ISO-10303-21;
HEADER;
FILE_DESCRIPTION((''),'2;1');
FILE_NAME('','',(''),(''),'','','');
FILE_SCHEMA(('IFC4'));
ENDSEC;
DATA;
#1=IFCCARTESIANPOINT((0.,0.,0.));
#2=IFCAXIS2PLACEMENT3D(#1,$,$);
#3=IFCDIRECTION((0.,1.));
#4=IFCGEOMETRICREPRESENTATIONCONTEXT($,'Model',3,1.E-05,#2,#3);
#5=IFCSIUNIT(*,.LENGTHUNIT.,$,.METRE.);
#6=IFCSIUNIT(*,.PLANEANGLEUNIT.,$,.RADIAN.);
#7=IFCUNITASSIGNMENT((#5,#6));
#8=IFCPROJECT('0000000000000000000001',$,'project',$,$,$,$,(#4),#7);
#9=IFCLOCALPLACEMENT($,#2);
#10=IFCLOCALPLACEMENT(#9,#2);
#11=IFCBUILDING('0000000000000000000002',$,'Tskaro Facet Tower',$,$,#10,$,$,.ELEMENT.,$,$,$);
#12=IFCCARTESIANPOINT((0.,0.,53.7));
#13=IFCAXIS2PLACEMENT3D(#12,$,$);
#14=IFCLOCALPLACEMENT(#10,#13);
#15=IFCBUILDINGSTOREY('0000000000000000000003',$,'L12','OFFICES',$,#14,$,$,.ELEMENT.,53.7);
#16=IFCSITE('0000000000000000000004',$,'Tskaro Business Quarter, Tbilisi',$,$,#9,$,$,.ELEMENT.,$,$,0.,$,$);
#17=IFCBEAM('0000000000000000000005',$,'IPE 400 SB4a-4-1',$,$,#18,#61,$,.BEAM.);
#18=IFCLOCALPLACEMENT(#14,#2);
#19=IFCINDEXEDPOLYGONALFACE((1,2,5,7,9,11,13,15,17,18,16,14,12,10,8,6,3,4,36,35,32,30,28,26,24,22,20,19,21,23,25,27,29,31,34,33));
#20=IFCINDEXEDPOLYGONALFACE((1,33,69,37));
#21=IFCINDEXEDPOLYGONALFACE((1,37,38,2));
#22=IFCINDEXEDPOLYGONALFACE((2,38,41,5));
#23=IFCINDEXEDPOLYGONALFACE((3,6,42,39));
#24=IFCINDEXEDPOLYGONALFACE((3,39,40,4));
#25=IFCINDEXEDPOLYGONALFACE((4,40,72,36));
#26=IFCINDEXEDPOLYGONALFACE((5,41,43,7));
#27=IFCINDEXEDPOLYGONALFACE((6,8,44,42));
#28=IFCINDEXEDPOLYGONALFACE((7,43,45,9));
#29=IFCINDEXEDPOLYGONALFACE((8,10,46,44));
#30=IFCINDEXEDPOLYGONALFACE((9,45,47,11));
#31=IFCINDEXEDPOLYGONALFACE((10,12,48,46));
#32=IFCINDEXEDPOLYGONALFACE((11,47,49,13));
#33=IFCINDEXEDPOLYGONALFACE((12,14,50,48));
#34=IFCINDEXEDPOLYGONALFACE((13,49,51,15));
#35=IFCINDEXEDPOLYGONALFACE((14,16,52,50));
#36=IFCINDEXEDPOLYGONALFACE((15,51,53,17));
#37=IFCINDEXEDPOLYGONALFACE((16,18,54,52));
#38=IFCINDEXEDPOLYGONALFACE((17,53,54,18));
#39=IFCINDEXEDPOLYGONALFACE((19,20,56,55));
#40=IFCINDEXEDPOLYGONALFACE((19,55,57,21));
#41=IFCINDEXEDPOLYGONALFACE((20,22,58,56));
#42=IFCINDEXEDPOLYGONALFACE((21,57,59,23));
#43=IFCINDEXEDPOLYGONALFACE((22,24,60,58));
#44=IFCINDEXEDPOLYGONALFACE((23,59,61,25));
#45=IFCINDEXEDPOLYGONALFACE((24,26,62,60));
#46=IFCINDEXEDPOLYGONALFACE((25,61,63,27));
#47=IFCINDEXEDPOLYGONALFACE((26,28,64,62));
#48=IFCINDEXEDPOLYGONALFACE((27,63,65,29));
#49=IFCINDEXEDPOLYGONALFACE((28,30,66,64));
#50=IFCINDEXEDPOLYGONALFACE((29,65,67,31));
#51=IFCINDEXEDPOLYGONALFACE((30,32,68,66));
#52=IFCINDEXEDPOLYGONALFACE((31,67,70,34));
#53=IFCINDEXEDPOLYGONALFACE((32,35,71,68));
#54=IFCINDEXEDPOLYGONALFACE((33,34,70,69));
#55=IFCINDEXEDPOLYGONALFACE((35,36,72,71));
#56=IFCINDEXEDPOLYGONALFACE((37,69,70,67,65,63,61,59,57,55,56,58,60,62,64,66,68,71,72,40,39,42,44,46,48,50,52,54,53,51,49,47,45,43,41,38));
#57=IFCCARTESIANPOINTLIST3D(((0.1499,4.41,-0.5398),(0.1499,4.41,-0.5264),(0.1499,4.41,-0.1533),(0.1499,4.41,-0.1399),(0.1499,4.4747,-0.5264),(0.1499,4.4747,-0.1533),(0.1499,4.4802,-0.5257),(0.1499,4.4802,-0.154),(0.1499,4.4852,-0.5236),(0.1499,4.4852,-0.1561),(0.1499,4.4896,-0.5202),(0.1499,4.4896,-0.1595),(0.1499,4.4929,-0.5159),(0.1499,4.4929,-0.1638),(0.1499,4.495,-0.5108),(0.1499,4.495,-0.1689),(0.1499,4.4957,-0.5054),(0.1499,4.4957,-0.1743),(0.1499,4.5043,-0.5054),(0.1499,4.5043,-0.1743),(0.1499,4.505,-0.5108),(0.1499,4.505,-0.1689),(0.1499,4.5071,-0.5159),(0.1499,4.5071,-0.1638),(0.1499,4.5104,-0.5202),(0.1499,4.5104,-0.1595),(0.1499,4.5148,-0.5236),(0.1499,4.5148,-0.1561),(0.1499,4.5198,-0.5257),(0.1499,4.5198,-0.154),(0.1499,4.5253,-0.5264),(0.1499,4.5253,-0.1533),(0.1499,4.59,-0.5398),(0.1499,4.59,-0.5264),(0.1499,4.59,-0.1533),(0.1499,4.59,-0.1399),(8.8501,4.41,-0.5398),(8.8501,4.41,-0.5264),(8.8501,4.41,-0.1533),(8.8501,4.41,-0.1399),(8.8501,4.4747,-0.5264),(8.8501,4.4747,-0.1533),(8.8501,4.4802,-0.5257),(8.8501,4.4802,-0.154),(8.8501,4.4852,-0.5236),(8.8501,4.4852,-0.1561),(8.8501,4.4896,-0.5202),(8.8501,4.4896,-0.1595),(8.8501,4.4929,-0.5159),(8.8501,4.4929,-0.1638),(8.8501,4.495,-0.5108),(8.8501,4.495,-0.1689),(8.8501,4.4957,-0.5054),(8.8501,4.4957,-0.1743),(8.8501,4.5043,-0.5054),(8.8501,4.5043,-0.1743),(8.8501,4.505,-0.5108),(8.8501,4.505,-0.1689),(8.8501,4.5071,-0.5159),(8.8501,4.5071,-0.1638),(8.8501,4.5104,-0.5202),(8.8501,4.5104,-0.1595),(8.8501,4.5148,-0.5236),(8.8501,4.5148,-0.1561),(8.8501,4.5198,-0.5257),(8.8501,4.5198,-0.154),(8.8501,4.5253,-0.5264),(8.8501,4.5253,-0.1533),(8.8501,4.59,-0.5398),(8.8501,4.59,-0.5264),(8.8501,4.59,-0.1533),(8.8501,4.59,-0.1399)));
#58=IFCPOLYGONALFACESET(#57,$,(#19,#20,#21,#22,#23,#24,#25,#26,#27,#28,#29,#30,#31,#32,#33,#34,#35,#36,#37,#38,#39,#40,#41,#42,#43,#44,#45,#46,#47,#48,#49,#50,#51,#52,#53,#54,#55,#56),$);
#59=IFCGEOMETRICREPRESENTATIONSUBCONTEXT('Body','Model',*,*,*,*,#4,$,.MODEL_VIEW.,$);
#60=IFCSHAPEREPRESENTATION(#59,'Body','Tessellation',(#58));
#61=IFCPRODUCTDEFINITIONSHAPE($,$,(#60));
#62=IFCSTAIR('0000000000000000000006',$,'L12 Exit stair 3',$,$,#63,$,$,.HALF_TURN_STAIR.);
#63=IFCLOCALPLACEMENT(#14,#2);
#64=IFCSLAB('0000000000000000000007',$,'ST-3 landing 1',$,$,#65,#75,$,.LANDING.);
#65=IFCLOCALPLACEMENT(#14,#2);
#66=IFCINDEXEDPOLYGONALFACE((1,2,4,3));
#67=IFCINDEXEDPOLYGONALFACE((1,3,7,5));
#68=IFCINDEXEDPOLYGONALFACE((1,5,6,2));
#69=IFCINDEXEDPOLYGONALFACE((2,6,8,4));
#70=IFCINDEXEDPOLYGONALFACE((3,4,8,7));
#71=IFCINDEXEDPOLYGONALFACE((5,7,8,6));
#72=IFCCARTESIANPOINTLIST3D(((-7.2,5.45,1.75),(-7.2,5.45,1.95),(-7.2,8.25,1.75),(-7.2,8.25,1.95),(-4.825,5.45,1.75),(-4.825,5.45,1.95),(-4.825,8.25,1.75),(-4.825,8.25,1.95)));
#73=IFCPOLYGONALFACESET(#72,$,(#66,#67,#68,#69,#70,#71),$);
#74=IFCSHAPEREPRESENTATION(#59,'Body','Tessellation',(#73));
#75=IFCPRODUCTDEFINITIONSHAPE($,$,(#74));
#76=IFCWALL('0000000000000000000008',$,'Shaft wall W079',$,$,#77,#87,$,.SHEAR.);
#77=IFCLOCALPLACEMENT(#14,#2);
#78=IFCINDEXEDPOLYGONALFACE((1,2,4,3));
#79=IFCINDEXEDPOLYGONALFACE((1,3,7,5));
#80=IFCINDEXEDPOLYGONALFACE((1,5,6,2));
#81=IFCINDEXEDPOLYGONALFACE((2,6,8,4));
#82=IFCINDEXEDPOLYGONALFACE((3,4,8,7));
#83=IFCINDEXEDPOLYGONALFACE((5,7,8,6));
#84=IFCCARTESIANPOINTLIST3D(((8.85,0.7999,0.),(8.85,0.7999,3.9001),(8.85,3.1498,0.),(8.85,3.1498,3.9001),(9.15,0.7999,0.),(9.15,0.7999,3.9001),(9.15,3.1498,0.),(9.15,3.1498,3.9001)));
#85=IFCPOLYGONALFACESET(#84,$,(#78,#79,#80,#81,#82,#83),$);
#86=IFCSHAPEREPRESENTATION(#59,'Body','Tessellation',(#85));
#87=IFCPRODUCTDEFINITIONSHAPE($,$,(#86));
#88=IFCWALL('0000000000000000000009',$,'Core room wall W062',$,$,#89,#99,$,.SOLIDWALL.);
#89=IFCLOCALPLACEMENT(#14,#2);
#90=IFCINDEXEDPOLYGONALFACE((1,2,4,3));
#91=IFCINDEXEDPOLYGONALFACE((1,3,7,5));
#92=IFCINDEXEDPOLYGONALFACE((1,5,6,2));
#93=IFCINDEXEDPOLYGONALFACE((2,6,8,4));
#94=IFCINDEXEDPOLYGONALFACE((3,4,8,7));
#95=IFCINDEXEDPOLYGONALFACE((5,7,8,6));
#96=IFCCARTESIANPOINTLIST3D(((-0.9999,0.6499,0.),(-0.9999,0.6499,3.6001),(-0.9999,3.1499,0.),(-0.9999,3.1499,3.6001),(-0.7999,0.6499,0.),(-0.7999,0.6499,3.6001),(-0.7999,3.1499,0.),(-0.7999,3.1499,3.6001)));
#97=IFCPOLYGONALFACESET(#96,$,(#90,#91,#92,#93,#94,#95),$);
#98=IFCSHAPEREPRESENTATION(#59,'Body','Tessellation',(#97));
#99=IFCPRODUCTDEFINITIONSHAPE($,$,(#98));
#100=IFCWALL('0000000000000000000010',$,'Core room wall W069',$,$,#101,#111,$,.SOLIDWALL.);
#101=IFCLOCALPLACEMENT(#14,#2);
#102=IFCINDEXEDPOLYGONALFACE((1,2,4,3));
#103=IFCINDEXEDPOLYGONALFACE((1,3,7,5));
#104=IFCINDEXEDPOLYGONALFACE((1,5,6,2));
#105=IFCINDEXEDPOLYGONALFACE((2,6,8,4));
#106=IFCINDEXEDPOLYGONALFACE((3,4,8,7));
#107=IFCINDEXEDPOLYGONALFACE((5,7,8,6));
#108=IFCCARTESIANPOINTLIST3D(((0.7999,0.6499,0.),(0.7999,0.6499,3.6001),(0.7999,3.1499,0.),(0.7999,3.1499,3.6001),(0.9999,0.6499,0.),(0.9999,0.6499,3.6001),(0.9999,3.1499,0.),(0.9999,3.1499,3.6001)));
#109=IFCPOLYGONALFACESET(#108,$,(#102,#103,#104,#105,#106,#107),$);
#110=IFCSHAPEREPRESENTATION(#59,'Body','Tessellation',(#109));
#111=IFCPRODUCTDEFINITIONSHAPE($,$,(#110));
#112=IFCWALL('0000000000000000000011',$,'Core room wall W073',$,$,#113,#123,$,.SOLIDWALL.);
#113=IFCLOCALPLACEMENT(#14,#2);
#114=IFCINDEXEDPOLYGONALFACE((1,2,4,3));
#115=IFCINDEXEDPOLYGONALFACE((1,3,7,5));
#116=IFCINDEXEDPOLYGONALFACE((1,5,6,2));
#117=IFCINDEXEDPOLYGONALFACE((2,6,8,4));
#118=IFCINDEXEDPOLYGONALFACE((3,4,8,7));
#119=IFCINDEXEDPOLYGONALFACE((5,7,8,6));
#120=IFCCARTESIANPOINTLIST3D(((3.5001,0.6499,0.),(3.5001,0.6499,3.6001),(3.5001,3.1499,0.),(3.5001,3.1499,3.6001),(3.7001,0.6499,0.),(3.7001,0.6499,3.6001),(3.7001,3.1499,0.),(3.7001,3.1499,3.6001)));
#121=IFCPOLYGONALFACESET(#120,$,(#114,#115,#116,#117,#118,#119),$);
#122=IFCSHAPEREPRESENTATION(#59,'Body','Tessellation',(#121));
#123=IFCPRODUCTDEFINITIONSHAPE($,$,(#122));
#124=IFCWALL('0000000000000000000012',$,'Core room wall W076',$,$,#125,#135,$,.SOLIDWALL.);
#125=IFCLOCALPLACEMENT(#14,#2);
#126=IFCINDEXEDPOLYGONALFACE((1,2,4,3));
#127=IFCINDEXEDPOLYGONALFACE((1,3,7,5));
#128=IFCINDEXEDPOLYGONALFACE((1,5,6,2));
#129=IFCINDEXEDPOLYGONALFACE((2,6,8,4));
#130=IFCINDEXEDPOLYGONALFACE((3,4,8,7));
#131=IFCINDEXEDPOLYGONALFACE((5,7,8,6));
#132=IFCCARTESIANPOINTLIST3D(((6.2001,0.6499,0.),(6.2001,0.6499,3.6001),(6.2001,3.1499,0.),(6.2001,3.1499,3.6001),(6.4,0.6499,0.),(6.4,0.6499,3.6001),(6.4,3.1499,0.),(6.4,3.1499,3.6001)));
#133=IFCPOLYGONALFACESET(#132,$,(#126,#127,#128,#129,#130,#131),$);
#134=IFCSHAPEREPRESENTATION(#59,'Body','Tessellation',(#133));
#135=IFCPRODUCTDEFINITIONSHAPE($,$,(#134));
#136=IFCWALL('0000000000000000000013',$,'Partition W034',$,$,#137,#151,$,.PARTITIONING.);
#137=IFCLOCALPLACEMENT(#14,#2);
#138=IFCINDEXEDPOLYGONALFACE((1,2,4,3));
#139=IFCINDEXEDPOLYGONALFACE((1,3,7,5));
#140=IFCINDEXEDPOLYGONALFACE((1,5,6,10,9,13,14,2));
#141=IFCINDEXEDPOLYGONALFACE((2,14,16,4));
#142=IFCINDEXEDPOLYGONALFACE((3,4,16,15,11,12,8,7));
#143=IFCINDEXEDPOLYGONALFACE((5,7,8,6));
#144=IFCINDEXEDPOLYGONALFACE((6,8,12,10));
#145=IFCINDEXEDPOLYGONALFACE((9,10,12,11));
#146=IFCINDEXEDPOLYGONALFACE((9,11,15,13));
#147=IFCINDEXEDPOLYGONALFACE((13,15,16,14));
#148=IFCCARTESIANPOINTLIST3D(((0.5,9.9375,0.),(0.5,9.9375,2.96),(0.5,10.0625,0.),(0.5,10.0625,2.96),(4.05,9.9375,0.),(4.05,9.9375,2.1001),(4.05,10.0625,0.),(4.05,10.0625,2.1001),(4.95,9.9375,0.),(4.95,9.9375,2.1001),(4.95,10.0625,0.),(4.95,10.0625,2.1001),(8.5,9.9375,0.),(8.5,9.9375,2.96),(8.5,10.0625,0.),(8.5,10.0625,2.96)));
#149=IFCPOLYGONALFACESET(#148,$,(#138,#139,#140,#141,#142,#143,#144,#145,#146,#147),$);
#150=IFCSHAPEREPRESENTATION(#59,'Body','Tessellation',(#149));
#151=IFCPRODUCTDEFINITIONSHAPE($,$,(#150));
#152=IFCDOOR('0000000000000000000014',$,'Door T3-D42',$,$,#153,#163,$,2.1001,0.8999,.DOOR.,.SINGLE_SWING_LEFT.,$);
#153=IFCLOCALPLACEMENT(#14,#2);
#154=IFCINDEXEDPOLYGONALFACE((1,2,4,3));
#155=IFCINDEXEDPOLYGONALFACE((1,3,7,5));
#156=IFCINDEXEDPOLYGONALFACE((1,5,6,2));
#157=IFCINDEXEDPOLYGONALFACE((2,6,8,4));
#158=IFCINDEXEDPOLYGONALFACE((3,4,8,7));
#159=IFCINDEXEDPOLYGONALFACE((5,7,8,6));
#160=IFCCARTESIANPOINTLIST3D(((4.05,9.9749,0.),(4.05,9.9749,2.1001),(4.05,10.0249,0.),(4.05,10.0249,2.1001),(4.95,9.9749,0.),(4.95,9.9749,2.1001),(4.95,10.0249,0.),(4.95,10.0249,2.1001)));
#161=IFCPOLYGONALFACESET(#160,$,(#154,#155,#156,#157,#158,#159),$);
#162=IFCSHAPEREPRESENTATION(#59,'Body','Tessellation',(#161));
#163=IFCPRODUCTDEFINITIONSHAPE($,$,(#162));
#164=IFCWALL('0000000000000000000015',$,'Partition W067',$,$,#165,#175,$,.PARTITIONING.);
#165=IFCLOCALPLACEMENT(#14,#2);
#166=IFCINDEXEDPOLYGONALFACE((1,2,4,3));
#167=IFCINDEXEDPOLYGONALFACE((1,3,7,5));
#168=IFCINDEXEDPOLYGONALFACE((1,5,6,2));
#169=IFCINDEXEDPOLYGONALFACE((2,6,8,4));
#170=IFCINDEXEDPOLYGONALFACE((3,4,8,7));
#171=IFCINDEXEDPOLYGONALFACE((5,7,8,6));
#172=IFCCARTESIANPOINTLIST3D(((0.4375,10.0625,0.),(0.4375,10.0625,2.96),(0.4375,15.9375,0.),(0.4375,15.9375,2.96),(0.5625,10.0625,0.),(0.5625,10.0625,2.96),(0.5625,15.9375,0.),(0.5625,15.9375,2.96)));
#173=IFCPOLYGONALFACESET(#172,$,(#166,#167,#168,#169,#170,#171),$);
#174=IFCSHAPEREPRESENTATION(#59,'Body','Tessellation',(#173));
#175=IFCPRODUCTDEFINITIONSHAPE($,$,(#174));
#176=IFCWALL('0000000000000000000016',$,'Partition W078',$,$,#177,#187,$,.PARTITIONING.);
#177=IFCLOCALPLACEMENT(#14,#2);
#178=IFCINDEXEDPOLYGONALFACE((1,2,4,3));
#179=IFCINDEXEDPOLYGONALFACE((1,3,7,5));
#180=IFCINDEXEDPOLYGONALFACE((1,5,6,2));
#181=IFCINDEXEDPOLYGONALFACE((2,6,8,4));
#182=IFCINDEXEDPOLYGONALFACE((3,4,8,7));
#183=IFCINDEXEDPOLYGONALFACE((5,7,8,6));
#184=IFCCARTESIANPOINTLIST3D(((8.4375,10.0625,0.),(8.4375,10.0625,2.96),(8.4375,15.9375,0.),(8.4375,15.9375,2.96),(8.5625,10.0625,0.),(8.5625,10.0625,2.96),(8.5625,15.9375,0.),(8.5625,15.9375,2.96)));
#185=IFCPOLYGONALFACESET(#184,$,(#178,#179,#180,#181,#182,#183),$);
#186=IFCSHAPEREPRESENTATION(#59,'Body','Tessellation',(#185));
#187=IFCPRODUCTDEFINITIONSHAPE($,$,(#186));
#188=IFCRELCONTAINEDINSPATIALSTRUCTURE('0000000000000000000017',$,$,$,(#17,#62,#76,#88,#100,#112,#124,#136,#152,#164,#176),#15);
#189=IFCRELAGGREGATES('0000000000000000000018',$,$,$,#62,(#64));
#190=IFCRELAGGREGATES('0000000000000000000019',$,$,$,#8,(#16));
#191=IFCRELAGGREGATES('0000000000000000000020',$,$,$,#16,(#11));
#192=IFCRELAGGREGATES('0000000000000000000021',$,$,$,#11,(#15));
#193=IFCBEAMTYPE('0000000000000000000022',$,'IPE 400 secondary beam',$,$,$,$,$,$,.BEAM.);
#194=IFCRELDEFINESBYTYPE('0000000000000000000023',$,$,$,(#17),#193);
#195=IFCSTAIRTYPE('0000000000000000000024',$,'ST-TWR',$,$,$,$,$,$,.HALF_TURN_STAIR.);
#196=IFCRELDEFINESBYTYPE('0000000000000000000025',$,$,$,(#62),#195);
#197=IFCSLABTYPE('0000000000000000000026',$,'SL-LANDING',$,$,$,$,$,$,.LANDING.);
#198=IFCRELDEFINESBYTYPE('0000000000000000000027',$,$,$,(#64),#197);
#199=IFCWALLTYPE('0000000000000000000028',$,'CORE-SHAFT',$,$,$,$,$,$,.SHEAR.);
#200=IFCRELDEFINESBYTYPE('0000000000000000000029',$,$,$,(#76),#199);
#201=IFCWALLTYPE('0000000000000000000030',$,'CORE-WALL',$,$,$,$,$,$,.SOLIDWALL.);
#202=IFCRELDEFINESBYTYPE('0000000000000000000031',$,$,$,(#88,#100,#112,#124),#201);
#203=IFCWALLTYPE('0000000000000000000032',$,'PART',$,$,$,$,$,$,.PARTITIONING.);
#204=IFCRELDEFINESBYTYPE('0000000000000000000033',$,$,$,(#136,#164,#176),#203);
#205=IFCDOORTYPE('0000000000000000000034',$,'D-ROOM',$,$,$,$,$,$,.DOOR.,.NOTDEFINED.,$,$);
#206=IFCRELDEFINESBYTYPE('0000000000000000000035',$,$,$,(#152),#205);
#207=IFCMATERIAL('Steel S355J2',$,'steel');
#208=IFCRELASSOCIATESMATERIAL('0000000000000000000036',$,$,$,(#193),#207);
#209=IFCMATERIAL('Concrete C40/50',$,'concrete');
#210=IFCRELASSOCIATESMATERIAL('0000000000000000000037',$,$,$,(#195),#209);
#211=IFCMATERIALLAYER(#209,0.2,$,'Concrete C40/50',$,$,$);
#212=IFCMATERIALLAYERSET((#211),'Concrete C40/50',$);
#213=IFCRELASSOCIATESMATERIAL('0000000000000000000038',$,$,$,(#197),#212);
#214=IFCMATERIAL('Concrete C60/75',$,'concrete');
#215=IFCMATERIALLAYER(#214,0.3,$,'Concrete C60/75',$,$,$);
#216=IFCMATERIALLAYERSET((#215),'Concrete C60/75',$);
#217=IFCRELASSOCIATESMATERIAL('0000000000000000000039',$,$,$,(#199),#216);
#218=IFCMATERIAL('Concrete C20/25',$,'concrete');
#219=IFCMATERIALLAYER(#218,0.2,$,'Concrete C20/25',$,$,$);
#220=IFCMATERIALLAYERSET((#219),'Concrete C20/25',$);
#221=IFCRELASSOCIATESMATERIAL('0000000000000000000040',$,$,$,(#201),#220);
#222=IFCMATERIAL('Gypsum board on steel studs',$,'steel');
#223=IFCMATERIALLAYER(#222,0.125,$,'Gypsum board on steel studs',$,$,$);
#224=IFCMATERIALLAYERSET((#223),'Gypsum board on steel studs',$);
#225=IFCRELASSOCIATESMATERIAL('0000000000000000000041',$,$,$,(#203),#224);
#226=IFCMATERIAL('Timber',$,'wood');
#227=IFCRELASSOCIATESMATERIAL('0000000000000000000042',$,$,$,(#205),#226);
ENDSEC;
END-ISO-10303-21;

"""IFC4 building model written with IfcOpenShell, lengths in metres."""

from ifc_helpers import new_model, si_unit, direction, frame, frame_2d, origin, origin_2d, place, context, subcontext, project, spatial, polyline, rectangle, i_section, outline, extrude, material, layer, layer_set, material_profile, profile_set, type_object, element, fill, aggregate, save


model = new_model("IFC4")

# Units and contexts
model_context = context("Model", 3, precision=1e-05, world=origin(), true_north=direction((0.0, 1.0)))
body_context = subcontext(model_context, "Body", "Model", "MODEL_VIEW")
ifc_project = project(units=[si_unit("LENGTHUNIT", "METRE"), si_unit("PLANEANGLEUNIT", "RADIAN")], contexts=[model_context])

# Site, building, storey
site_placement = place(None, origin())
site = spatial("IfcSite", under=ifc_project, at=site_placement, Name="Tskaro Business Quarter, Tbilisi", CompositionType="ELEMENT", RefElevation=0.0)
building_placement = place(site_placement, origin())
building = spatial("IfcBuilding", under=site, at=building_placement, Name="Tskaro Facet Tower", CompositionType="ELEMENT")
storey_placement = place(building_placement, frame((0.0, 0.0, 53.7)))
storey = spatial("IfcBuildingStorey", under=building, at=storey_placement, Name="L12", Description="OFFICES", CompositionType="ELEMENT", Elevation=53.7)

# Beam
ifc_material_1 = material(Name="Steel S355J2", Category="steel")
ifc_material_profile_1 = material_profile(ifc_material_1, i_section(OverallWidth=0.1799, OverallDepth=0.3999, WebThickness=0.0085, FlangeThickness=0.0134, FilletRadius=0.021, at=origin_2d()), Name="IPE 400")
ifc_profile_set_1 = profile_set([ifc_material_profile_1], Name="Steel S355J2")
beam_type_1 = type_object("IfcBeamType", Name="IPE 400 secondary beam", PredefinedType="BEAM", material=ifc_profile_set_1)
beam_1_placement = place(storey_placement, frame((0.1499, 4.5, -0.3398), z_axis=(1.0, 0.0, 0.0), x_axis=(0.0, 1.0, 0.0)))
element("IfcBeam", 1, at=beam_1_placement, inside=storey, type_object=beam_type_1, Name="IPE 400 SB4a-4-1", PredefinedType="BEAM", context=body_context, shape_type="SweptSolid", body=[
    extrude(i_section(OverallWidth=0.1799, OverallDepth=0.3999, WebThickness=0.0085, FlangeThickness=0.0134, FilletRadius=0.021, at=origin_2d()), origin(), (0.0, 0.0, 1.0), 8.7002),
])

# Stair, slab
ifc_material_2 = material(Name="Concrete C40/50", Category="concrete")
stair_type = type_object("IfcStairType", Name="ST-TWR", PredefinedType="HALF_TURN_STAIR", material=ifc_material_2)
stair_placement = place(storey_placement, origin())
stair = element("IfcStair", 2, at=stair_placement, inside=storey, type_object=stair_type, Name="L12 Exit stair 3", PredefinedType="HALF_TURN_STAIR")
ifc_layer_1 = layer(ifc_material_2, 0.2, Name="Concrete C40/50")
ifc_layer_set_1 = layer_set([ifc_layer_1], Name="Concrete C40/50")
slab_type = type_object("IfcSlabType", Name="SL-LANDING", PredefinedType="LANDING", material=ifc_layer_set_1)
slab_placement = place(storey_placement, frame((0.0, 0.0, 1.75)))
slab = element("IfcSlab", 3, at=slab_placement, type_object=slab_type, Name="ST-3 landing 1", PredefinedType="LANDING", context=body_context, shape_type="SweptSolid", body=[
    extrude(outline(polyline([(-7.2, 5.45), (-4.825, 5.45), (-4.825, 8.25), (-7.2, 8.25), (-7.2, 5.45)])), origin(), (0.0, 0.0, 1.0), 0.2),
])

# Walls
ifc_material_3 = material(Name="Concrete C60/75", Category="concrete")
ifc_layer_2 = layer(ifc_material_3, 0.3, Name="Concrete C60/75")
ifc_layer_set_2 = layer_set([ifc_layer_2], Name="Concrete C60/75")
wall_type_1 = type_object("IfcWallType", Name="CORE-SHAFT", PredefinedType="SHEAR", material=ifc_layer_set_2)
wall_1_placement = place(storey_placement, frame((9.0, 0.8, 0.0), z_axis=(0.0, 0.0, 1.0), x_axis=(0.0, 1.0, 0.0)))
element("IfcWall", 4, at=wall_1_placement, inside=storey, type_object=wall_type_1, Name="Shaft wall W079", PredefinedType="SHEAR", context=body_context, shape_type="SweptSolid", body=[
    extrude(rectangle(XDim=2.3499, YDim=0.3, at=frame_2d((1.1748, 0.0))), origin(), (0.0, 0.0, 1.0), 3.9001),
])
ifc_material_4 = material(Name="Concrete C20/25", Category="concrete")
ifc_layer_3 = layer(ifc_material_4, 0.2, Name="Concrete C20/25")
ifc_layer_set_3 = layer_set([ifc_layer_3], Name="Concrete C20/25")
wall_type_2 = type_object("IfcWallType", Name="CORE-WALL", PredefinedType="SOLIDWALL", material=ifc_layer_set_3)
for number, where, z_axis, x_axis, name in (
    (5, (-0.8999, 0.6499, 0.0), (0.0, 0.0, 1.0), (0.0, 1.0, 0.0), "Core room wall W062"),
    (6, (0.8999, 0.6499, 0.0), (0.0, 0.0, 1.0), (0.0, 1.0, 0.0), "Core room wall W069"),
    (7, (3.6001, 0.6499, 0.0), (0.0, 0.0, 1.0), (0.0, 1.0, 0.0), "Core room wall W073"),
    (8, (6.3, 0.6499, 0.0), (0.0, 0.0, 1.0), (0.0, 1.0, 0.0), "Core room wall W076"),
):
    element("IfcWall", number, at=place(storey_placement, frame(where, z_axis=z_axis, x_axis=x_axis)), inside=storey, type_object=wall_type_2, Name=name, PredefinedType="SOLIDWALL", context=body_context, shape_type="SweptSolid", body=[
        extrude(rectangle(XDim=2.5, YDim=0.2, at=frame_2d((1.25, 0.0))), origin(), (0.0, 0.0, 1.0), 3.6001),
    ])

# Wall, opening, door
ifc_material_5 = material(Name="Gypsum board on steel studs", Category="steel")
ifc_layer_4 = layer(ifc_material_5, 0.125, Name="Gypsum board on steel studs")
ifc_layer_set_4 = layer_set([ifc_layer_4], Name="Gypsum board on steel studs")
wall_type_3 = type_object("IfcWallType", Name="PART", PredefinedType="PARTITIONING", material=ifc_layer_set_4)
wall_2_placement = place(storey_placement, frame((0.5, 10.0, 0.0), z_axis=(0.0, 0.0, 1.0), x_axis=(1.0, 0.0, 0.0)))
wall_2 = element("IfcWall", 9, at=wall_2_placement, inside=storey, type_object=wall_type_3, Name="Partition W034", PredefinedType="PARTITIONING", context=body_context, shape_type="SweptSolid", body=[
    extrude(rectangle(XDim=8.0, YDim=0.125, at=frame_2d((4.0, 0.0))), origin(), (0.0, 0.0, 1.0), 2.96),
])
opening_1_placement = place(wall_2_placement, frame((3.55, 0.0, 0.0)))
opening_1 = element("IfcOpeningElement", 10, at=opening_1_placement, cuts=wall_2, PredefinedType="OPENING", context=body_context, shape_type="SweptSolid", body=[
    extrude(rectangle(XDim=0.8999, YDim=2.1001, at=frame_2d((0.45, 1.05))), frame((0.0, 0.0725, 0.0), z_axis=(0.0, -1.0, 0.0), x_axis=(1.0, 0.0, 0.0)), (0.0, 0.0, 1.0), 0.145),
])
ifc_material_6 = material(Name="Timber", Category="wood")
door_type_1 = type_object("IfcDoorType", Name="D-ROOM", OperationType="NOTDEFINED", PredefinedType="DOOR", material=ifc_material_6)
door_1_placement = place(opening_1_placement, origin())
door_1 = element("IfcDoor", 11, at=door_1_placement, inside=storey, type_object=door_type_1, Name="Door T3-D42", OperationType="SINGLE_SWING_LEFT", OverallHeight=2.1001, OverallWidth=0.8999, PredefinedType="DOOR", context=body_context, shape_type="SweptSolid", body=[
    extrude(rectangle(XDim=0.8999, YDim=2.1001, at=frame_2d((0.45, 1.05))), frame((0.0, 0.0249, 0.0), z_axis=(0.0, -1.0, 0.0), x_axis=(1.0, 0.0, 0.0)), (0.0, 0.0, 1.0), 0.05),
])
fill(opening_1, door_1)

# Walls
for number, where, z_axis, x_axis, name in (
    (12, (0.5, 10.0625, 0.0), (0.0, 0.0, 1.0), (0.0, 1.0, 0.0), "Partition W067"),
    (13, (8.5, 10.0625, 0.0), (0.0, 0.0, 1.0), (0.0, 1.0, 0.0), "Partition W078"),
):
    element("IfcWall", number, at=place(storey_placement, frame(where, z_axis=z_axis, x_axis=x_axis)), inside=storey, type_object=wall_type_3, Name=name, PredefinedType="PARTITIONING", context=body_context, shape_type="SweptSolid", body=[
        extrude(rectangle(XDim=5.875, YDim=0.125, at=frame_2d((2.9375, 0.0))), origin(), (0.0, 0.0, 1.0), 2.96),
    ])

aggregate(stair, [slab])

save(model, "model.ifc")
